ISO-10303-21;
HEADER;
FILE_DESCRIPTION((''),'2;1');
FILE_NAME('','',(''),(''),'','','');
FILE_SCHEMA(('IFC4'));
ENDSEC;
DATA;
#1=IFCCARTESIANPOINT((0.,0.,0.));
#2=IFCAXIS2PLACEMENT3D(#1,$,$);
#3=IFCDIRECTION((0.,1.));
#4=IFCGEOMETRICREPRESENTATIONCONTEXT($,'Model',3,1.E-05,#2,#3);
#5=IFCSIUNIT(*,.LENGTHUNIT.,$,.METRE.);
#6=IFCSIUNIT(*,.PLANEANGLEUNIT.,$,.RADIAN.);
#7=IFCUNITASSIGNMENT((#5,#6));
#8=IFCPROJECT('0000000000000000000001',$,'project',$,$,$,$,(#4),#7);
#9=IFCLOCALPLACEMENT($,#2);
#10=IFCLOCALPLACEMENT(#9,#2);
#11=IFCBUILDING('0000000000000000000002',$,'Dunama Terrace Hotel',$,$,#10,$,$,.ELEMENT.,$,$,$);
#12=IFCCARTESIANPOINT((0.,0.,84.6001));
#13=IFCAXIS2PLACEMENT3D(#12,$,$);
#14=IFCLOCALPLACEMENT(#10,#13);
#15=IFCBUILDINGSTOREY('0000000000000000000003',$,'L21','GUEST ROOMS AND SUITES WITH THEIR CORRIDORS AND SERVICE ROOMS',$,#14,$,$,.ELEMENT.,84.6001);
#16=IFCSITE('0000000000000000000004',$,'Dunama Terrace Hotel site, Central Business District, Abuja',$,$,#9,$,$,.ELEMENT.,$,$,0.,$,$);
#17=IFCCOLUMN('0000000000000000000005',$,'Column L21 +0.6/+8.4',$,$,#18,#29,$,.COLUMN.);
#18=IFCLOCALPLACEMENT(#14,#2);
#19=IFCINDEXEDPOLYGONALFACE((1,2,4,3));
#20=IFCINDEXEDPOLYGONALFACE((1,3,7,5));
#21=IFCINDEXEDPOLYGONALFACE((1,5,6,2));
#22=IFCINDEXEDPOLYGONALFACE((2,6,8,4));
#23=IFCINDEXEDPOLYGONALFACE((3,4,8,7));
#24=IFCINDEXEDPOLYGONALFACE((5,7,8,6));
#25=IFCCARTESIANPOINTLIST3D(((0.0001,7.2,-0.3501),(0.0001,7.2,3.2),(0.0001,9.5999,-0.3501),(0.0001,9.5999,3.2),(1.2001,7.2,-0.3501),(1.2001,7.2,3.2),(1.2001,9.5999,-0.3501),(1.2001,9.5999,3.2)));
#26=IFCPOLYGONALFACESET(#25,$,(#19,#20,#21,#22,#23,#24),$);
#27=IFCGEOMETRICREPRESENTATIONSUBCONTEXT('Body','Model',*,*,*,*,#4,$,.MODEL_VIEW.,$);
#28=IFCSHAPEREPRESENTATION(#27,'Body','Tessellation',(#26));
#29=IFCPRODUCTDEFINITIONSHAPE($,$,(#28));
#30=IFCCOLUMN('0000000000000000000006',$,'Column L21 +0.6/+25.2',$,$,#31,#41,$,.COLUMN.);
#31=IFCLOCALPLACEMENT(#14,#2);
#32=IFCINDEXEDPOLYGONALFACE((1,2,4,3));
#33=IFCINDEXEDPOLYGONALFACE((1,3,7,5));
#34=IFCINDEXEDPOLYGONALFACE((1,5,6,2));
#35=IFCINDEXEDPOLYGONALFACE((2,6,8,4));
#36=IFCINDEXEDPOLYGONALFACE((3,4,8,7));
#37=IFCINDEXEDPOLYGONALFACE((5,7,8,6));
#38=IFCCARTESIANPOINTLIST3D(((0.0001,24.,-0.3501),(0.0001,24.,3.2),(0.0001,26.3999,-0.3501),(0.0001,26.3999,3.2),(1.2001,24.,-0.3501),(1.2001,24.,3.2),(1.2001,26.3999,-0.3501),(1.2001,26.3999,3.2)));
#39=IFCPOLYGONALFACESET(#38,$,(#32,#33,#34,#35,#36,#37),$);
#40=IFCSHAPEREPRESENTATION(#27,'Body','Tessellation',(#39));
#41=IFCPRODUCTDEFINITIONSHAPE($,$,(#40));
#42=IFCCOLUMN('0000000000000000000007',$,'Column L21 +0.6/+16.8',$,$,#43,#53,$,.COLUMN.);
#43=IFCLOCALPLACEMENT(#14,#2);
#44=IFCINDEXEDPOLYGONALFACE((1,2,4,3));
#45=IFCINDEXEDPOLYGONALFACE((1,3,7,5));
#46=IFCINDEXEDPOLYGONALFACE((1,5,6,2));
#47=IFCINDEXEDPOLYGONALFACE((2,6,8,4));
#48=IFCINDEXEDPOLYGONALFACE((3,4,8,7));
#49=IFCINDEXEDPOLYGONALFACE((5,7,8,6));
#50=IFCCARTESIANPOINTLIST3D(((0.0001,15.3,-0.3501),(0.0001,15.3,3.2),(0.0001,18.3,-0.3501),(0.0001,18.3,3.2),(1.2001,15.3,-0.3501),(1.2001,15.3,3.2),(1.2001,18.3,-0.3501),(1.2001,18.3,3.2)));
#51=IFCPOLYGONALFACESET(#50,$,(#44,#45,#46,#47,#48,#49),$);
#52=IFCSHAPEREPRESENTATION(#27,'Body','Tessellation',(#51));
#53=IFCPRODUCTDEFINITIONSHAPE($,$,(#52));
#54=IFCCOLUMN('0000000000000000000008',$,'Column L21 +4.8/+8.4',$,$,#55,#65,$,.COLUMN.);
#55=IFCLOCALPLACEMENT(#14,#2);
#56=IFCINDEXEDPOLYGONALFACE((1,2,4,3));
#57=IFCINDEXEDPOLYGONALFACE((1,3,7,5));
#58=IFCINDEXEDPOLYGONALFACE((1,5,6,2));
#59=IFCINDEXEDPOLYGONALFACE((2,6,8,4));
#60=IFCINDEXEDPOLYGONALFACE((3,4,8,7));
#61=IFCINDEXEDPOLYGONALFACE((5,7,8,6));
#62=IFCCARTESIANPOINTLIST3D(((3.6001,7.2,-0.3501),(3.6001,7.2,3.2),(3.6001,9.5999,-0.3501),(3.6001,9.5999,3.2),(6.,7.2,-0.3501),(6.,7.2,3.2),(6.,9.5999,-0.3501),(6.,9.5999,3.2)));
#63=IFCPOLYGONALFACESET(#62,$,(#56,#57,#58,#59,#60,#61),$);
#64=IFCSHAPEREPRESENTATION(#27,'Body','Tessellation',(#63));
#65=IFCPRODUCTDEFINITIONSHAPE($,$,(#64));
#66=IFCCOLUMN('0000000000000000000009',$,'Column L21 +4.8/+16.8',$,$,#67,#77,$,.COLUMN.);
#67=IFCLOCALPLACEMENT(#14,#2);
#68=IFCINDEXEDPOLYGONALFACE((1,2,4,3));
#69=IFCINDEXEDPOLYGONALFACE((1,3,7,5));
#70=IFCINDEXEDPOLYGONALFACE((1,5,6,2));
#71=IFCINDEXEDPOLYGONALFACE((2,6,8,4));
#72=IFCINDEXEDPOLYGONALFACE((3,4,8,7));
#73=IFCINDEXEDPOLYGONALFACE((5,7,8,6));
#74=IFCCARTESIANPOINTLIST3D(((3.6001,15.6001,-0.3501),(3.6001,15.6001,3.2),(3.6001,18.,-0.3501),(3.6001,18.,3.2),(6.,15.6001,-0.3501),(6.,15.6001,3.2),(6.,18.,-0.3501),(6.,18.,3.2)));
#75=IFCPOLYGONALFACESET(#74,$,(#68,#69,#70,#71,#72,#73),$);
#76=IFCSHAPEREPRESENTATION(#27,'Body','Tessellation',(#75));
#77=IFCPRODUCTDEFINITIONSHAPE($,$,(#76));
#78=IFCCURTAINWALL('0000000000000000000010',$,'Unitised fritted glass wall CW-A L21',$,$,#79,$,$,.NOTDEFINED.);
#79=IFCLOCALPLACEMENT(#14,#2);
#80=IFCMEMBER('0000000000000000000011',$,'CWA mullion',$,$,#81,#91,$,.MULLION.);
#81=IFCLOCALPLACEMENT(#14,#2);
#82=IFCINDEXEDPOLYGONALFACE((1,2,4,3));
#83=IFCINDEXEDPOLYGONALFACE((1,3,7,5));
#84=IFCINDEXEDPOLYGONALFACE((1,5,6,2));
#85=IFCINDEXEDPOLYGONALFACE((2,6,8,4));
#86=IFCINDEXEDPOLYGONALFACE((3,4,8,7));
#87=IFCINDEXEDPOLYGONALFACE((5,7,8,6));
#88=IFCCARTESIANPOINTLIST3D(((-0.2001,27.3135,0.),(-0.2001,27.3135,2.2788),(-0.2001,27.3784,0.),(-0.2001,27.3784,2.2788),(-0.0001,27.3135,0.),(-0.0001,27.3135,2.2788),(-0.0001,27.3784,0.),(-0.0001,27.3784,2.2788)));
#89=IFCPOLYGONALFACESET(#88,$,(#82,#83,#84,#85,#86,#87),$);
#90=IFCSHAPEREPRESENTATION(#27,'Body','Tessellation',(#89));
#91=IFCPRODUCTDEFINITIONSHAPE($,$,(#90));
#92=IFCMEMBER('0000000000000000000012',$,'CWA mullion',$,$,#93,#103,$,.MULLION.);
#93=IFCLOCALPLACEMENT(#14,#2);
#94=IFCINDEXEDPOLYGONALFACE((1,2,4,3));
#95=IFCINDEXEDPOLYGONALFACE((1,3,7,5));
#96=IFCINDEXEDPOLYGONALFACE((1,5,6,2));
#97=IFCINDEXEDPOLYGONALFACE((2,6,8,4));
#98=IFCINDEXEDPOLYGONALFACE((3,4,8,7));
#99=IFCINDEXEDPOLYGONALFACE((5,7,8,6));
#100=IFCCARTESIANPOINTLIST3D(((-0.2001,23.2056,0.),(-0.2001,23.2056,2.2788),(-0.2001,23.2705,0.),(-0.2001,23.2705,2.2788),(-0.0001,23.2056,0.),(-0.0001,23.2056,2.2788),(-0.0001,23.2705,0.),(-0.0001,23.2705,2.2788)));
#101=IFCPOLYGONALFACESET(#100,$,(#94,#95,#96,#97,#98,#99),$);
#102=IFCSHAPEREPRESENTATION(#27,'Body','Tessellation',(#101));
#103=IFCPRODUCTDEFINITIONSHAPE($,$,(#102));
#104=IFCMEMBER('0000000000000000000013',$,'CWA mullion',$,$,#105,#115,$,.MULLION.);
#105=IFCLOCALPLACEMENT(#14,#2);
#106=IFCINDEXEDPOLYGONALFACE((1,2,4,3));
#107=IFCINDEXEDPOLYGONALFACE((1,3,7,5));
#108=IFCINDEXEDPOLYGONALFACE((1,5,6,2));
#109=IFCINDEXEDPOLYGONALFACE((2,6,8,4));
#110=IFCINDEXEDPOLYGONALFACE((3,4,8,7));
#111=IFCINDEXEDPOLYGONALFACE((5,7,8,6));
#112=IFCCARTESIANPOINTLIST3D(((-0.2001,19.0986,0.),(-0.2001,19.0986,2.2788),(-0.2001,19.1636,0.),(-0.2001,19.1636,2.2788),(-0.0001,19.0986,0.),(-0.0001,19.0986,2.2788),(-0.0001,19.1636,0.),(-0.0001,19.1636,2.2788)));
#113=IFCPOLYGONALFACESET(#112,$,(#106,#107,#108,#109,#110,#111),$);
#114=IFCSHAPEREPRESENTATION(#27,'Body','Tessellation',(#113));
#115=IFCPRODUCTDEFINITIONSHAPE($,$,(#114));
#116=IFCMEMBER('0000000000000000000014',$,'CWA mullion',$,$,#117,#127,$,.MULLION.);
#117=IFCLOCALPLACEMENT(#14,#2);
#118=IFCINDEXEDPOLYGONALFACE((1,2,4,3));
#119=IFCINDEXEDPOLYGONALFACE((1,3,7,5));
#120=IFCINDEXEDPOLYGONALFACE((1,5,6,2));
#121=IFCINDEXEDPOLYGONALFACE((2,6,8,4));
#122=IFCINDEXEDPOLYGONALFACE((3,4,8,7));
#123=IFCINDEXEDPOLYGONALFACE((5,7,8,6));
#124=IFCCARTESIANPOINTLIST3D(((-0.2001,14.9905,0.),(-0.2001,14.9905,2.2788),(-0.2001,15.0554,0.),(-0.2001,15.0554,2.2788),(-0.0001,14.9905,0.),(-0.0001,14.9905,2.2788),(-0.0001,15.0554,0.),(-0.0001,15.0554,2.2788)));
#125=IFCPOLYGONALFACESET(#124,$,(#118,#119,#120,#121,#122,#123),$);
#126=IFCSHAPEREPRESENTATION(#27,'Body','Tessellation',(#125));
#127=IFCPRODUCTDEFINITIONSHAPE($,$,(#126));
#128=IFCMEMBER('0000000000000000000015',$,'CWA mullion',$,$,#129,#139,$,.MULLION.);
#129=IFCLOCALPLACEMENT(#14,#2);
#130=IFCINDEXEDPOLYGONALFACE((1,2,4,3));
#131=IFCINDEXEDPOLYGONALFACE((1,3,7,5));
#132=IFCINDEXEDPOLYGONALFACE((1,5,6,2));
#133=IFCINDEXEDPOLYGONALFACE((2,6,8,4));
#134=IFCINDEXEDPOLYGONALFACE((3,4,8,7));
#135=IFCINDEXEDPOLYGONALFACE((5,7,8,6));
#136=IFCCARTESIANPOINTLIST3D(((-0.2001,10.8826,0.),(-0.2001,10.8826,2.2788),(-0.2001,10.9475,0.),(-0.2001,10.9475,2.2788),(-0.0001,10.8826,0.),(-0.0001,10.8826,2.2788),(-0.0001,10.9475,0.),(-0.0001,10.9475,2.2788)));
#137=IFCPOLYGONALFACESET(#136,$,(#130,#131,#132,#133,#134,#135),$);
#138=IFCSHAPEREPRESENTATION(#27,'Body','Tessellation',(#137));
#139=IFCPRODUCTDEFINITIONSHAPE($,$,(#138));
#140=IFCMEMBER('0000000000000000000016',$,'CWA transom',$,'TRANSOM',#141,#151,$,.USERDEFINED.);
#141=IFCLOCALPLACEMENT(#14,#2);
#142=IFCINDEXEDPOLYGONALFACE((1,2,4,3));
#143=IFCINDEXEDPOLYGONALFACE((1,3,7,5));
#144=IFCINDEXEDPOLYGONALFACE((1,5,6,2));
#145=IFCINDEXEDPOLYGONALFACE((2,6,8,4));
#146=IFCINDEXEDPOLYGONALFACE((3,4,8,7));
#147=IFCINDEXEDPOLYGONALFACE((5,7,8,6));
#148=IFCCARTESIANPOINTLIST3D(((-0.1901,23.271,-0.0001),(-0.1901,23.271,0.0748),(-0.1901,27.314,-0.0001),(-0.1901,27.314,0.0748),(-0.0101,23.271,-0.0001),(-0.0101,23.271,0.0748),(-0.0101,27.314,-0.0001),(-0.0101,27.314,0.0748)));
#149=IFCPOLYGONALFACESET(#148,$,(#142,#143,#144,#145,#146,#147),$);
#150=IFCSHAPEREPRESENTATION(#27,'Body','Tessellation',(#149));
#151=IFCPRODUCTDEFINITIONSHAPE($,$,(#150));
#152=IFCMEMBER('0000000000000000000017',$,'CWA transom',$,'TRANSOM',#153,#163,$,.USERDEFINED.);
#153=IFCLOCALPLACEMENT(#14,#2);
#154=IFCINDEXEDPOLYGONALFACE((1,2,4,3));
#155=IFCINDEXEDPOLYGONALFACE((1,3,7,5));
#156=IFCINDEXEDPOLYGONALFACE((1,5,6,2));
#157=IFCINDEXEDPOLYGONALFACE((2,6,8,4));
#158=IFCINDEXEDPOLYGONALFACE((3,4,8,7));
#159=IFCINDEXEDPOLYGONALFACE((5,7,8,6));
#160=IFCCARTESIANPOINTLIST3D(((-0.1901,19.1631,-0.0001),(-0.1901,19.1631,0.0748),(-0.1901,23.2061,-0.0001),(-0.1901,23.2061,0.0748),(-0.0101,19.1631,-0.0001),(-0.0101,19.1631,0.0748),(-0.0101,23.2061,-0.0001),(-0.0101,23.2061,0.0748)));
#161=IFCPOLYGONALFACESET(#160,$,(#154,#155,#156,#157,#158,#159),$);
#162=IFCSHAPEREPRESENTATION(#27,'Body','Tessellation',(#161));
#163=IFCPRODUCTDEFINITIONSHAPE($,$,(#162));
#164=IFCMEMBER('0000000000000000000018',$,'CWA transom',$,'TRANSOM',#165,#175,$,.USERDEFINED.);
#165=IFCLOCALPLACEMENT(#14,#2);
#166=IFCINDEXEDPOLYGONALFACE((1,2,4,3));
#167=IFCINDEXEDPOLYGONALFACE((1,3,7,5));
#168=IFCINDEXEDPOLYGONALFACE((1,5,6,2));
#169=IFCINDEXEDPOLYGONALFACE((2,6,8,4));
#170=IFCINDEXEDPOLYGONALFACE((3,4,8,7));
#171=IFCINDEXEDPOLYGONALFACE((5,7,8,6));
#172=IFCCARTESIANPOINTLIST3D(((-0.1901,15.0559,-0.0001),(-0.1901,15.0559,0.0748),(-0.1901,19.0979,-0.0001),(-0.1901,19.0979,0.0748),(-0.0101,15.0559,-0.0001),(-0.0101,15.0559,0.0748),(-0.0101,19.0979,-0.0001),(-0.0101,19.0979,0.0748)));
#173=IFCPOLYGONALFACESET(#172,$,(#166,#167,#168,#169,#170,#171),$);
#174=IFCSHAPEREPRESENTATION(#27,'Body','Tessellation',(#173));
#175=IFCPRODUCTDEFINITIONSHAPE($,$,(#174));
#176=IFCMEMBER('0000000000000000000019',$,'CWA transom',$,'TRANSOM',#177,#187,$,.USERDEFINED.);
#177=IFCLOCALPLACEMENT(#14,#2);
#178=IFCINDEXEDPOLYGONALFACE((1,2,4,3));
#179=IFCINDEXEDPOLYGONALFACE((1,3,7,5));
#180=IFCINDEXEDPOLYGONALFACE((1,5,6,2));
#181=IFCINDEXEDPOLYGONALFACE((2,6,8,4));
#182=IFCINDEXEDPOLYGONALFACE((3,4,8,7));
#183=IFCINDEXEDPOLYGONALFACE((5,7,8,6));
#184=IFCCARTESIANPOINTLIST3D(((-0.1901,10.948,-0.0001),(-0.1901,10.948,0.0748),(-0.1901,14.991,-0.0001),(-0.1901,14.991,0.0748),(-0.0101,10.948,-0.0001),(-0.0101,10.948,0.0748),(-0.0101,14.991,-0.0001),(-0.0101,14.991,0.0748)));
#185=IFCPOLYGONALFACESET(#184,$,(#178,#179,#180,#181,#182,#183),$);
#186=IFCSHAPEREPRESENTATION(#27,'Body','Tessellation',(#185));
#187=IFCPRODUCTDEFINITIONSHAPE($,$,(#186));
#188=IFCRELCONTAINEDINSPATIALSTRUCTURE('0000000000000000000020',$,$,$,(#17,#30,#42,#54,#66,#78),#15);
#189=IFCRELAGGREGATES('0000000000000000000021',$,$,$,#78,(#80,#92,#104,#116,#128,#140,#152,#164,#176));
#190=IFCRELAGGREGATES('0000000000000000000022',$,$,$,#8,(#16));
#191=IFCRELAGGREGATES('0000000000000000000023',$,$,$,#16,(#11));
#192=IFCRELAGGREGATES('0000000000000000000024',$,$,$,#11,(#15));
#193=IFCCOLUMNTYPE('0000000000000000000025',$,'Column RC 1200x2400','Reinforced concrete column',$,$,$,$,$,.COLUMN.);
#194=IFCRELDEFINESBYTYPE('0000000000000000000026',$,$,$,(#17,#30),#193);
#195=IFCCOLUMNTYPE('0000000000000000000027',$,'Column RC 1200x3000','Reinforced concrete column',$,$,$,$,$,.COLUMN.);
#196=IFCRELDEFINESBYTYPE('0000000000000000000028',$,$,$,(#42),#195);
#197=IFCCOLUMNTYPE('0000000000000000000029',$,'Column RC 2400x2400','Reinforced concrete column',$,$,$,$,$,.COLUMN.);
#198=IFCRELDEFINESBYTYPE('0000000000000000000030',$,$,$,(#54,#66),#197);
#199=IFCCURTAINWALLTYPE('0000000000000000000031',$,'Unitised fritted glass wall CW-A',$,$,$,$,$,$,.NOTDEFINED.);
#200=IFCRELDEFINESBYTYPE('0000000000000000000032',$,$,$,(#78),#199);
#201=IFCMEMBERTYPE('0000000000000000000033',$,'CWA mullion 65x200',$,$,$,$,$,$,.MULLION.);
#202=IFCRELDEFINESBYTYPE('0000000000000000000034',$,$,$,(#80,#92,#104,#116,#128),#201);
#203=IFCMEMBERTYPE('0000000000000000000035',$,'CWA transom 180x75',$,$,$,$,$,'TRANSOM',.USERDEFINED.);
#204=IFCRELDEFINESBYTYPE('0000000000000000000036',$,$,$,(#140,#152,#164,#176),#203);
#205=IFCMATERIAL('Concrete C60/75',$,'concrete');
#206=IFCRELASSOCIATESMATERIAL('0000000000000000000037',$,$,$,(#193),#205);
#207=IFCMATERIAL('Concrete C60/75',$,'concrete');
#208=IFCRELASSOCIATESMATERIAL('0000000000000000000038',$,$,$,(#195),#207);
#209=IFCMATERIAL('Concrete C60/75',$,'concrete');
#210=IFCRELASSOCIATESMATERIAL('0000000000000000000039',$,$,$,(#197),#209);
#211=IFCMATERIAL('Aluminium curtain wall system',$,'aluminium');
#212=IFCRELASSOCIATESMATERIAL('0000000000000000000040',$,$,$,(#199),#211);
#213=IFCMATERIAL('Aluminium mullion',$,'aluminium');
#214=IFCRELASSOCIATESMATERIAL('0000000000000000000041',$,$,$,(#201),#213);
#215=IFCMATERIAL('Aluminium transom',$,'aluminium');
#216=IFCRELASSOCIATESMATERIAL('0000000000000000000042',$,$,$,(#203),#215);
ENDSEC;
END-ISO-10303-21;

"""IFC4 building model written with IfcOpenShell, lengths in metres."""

from ifc_helpers import new_model, si_unit, direction, frame, origin, origin_2d, place, context, subcontext, project, spatial, rectangle, extrude, material, material_profile, profile_set, type_object, element, aggregate, save


model = new_model("IFC4")

# Units and contexts
model_context = context("Model", 3, precision=1e-05, world=origin(), true_north=direction((0.0, 1.0)))
body_context = subcontext(model_context, "Body", "Model", "MODEL_VIEW")
ifc_project = project(units=[si_unit("LENGTHUNIT", "METRE"), si_unit("PLANEANGLEUNIT", "RADIAN")], contexts=[model_context])

# Site, building, storey
site_placement = place(None, origin())
site = spatial("IfcSite", under=ifc_project, at=site_placement, Name="Dunama Terrace Hotel site, Central Business District, Abuja", CompositionType="ELEMENT", RefElevation=0.0)
building_placement = place(site_placement, origin())
building = spatial("IfcBuilding", under=site, at=building_placement, Name="Dunama Terrace Hotel", CompositionType="ELEMENT")
storey_placement = place(building_placement, frame((0.0, 0.0, 84.6001)))
storey = spatial("IfcBuildingStorey", under=building, at=storey_placement, Name="L21", Description="GUEST ROOMS AND SUITES WITH THEIR CORRIDORS AND SERVICE ROOMS", CompositionType="ELEMENT", Elevation=84.6001)

# Columns
ifc_material_1 = material(Name="Concrete C60/75", Category="concrete")
ifc_material_profile_1 = material_profile(ifc_material_1, rectangle(XDim=1.2, YDim=2.3999, at=origin_2d()), Name="RC 1200x2400")
ifc_profile_set_1 = profile_set([ifc_material_profile_1], Name="Concrete C60/75")
column_type_1 = type_object("IfcColumnType", Name="Column RC 1200x2400", Description="Reinforced concrete column", PredefinedType="COLUMN", material=ifc_profile_set_1)
for number, where, z_axis, x_axis, name in (
    (1, (0.6001, 8.3999, -0.3501), (0.0, 0.0, 1.0), (1.0, 0.0, 0.0), "Column L21 +0.6/+8.4"),
    (2, (0.6001, 25.2, -0.3501), (0.0, 0.0, 1.0), (1.0, 0.0, 0.0), "Column L21 +0.6/+25.2"),
):
    element("IfcColumn", number, at=place(storey_placement, frame(where, z_axis=z_axis, x_axis=x_axis)), inside=storey, type_object=column_type_1, Name=name, PredefinedType="COLUMN", context=body_context, shape_type="SweptSolid", body=[
        extrude(rectangle(XDim=1.2, YDim=2.3999, at=origin_2d()), origin(), (0.0, 0.0, 1.0), 3.55),
    ])
ifc_material_2 = material(Name="Concrete C60/75", Category="concrete")
ifc_material_profile_2 = material_profile(ifc_material_2, rectangle(XDim=1.2, YDim=3.0, at=origin_2d()), Name="RC 1200x3000")
ifc_profile_set_2 = profile_set([ifc_material_profile_2], Name="Concrete C60/75")
column_type_2 = type_object("IfcColumnType", Name="Column RC 1200x3000", Description="Reinforced concrete column", PredefinedType="COLUMN", material=ifc_profile_set_2)
column_placement = place(storey_placement, frame((0.6001, 16.8, -0.3501), z_axis=(0.0, 0.0, 1.0), x_axis=(1.0, 0.0, 0.0)))
element("IfcColumn", 3, at=column_placement, inside=storey, type_object=column_type_2, Name="Column L21 +0.6/+16.8", PredefinedType="COLUMN", context=body_context, shape_type="SweptSolid", body=[
    extrude(rectangle(XDim=1.2, YDim=3.0, at=origin_2d()), origin(), (0.0, 0.0, 1.0), 3.55),
])
ifc_material_3 = material(Name="Concrete C60/75", Category="concrete")
ifc_material_profile_3 = material_profile(ifc_material_3, rectangle(XDim=2.3999, YDim=2.3999, at=origin_2d()), Name="RC 2400x2400")
ifc_profile_set_3 = profile_set([ifc_material_profile_3], Name="Concrete C60/75")
column_type_3 = type_object("IfcColumnType", Name="Column RC 2400x2400", Description="Reinforced concrete column", PredefinedType="COLUMN", material=ifc_profile_set_3)
for number, where, z_axis, x_axis, name in (
    (4, (4.8, 8.3999, -0.3501), (0.0, 0.0, 1.0), (1.0, 0.0, 0.0), "Column L21 +4.8/+8.4"),
    (5, (4.8, 16.8, -0.3501), (0.0, 0.0, 1.0), (1.0, 0.0, 0.0), "Column L21 +4.8/+16.8"),
):
    element("IfcColumn", number, at=place(storey_placement, frame(where, z_axis=z_axis, x_axis=x_axis)), inside=storey, type_object=column_type_3, Name=name, PredefinedType="COLUMN", context=body_context, shape_type="SweptSolid", body=[
        extrude(rectangle(XDim=2.3999, YDim=2.3999, at=origin_2d()), origin(), (0.0, 0.0, 1.0), 3.55),
    ])

# Curtain wall, members
ifc_material_4 = material(Name="Aluminium curtain wall system", Category="aluminium")
curtain_wall_type = type_object("IfcCurtainWallType", Name="Unitised fritted glass wall CW-A", PredefinedType="NOTDEFINED", material=ifc_material_4)
curtain_wall_placement = place(storey_placement, origin())
curtain_wall = element("IfcCurtainWall", 6, at=curtain_wall_placement, inside=storey, type_object=curtain_wall_type, Name="Unitised fritted glass wall CW-A L21", PredefinedType="NOTDEFINED")
ifc_material_5 = material(Name="Aluminium mullion", Category="aluminium")
ifc_material_profile_4 = material_profile(ifc_material_5, rectangle(XDim=0.0649, YDim=0.2, at=origin_2d()), Name="CWA MULLION 65X200")
ifc_profile_set_4 = profile_set([ifc_material_profile_4], Name="Aluminium mullion")
member_type_1 = type_object("IfcMemberType", Name="CWA mullion 65x200", PredefinedType="MULLION", material=ifc_profile_set_4)
member_1_placement = place(storey_placement, frame((-0.1001, 27.3459, 0.0), z_axis=(0.0, 0.0, 1.0), x_axis=(0.0, -1.0, 0.0)))
member_1 = element("IfcMember", 7, at=member_1_placement, type_object=member_type_1, Name="CWA mullion", PredefinedType="MULLION", context=body_context, shape_type="SweptSolid", body=[
    extrude(rectangle(XDim=0.0649, YDim=0.2, at=origin_2d()), origin(), (0.0, 0.0, 1.0), 2.2788),
])
member_2_placement = place(storey_placement, frame((-0.1001, 23.238, 0.0), z_axis=(0.0, 0.0, 1.0), x_axis=(0.0, -1.0, 0.0)))
member_2 = element("IfcMember", 8, at=member_2_placement, type_object=member_type_1, Name="CWA mullion", PredefinedType="MULLION", context=body_context, shape_type="SweptSolid", body=[
    extrude(rectangle(XDim=0.0649, YDim=0.2, at=origin_2d()), origin(), (0.0, 0.0, 1.0), 2.2788),
])
member_3_placement = place(storey_placement, frame((-0.1001, 19.1311, 0.0), z_axis=(0.0, 0.0, 1.0), x_axis=(0.0, -1.0, 0.0)))
member_3 = element("IfcMember", 9, at=member_3_placement, type_object=member_type_1, Name="CWA mullion", PredefinedType="MULLION", context=body_context, shape_type="SweptSolid", body=[
    extrude(rectangle(XDim=0.0649, YDim=0.2, at=origin_2d()), origin(), (0.0, 0.0, 1.0), 2.2788),
])
member_4_placement = place(storey_placement, frame((-0.1001, 15.0229, 0.0), z_axis=(0.0, 0.0, 1.0), x_axis=(0.0, -1.0, 0.0)))
member_4 = element("IfcMember", 10, at=member_4_placement, type_object=member_type_1, Name="CWA mullion", PredefinedType="MULLION", context=body_context, shape_type="SweptSolid", body=[
    extrude(rectangle(XDim=0.0649, YDim=0.2, at=origin_2d()), origin(), (0.0, 0.0, 1.0), 2.2788),
])
member_5_placement = place(storey_placement, frame((-0.1001, 10.915, 0.0), z_axis=(0.0, 0.0, 1.0), x_axis=(0.0, -1.0, 0.0)))
member_5 = element("IfcMember", 11, at=member_5_placement, type_object=member_type_1, Name="CWA mullion", PredefinedType="MULLION", context=body_context, shape_type="SweptSolid", body=[
    extrude(rectangle(XDim=0.0649, YDim=0.2, at=origin_2d()), origin(), (0.0, 0.0, 1.0), 2.2788),
])
ifc_material_6 = material(Name="Aluminium transom", Category="aluminium")
ifc_material_profile_5 = material_profile(ifc_material_6, rectangle(XDim=0.1799, YDim=0.075, at=origin_2d()), Name="CWA TRANSOM 180X75")
ifc_profile_set_5 = profile_set([ifc_material_profile_5], Name="Aluminium transom")
member_type_2 = type_object("IfcMemberType", Name="CWA transom 180x75", ElementType="TRANSOM", PredefinedType="USERDEFINED", material=ifc_profile_set_5)
member_6_placement = place(storey_placement, frame((-0.1001, 27.314, 0.0374), z_axis=(0.0, -1.0, 0.0), x_axis=(1.0, 0.0, 0.0)))
member_6 = element("IfcMember", 12, at=member_6_placement, type_object=member_type_2, Name="CWA transom", ObjectType="TRANSOM", PredefinedType="USERDEFINED", context=body_context, shape_type="SweptSolid", body=[
    extrude(rectangle(XDim=0.1799, YDim=0.075, at=origin_2d()), origin(), (0.0, 0.0, 1.0), 4.043),
])
member_7_placement = place(storey_placement, frame((-0.1001, 23.2061, 0.0374), z_axis=(0.0, -1.0, 0.0), x_axis=(1.0, 0.0, 0.0)))
member_7 = element("IfcMember", 13, at=member_7_placement, type_object=member_type_2, Name="CWA transom", ObjectType="TRANSOM", PredefinedType="USERDEFINED", context=body_context, shape_type="SweptSolid", body=[
    extrude(rectangle(XDim=0.1799, YDim=0.075, at=origin_2d()), origin(), (0.0, 0.0, 1.0), 4.043),
])
member_8_placement = place(storey_placement, frame((-0.1001, 19.0979, 0.0374), z_axis=(0.0, -1.0, 0.0), x_axis=(1.0, 0.0, 0.0)))
member_8 = element("IfcMember", 14, at=member_8_placement, type_object=member_type_2, Name="CWA transom", ObjectType="TRANSOM", PredefinedType="USERDEFINED", context=body_context, shape_type="SweptSolid", body=[
    extrude(rectangle(XDim=0.1799, YDim=0.075, at=origin_2d()), origin(), (0.0, 0.0, 1.0), 4.042),
])
member_9_placement = place(storey_placement, frame((-0.1001, 14.991, 0.0374), z_axis=(0.0, -1.0, 0.0), x_axis=(1.0, 0.0, 0.0)))
member_9 = element("IfcMember", 15, at=member_9_placement, type_object=member_type_2, Name="CWA transom", ObjectType="TRANSOM", PredefinedType="USERDEFINED", context=body_context, shape_type="SweptSolid", body=[
    extrude(rectangle(XDim=0.1799, YDim=0.075, at=origin_2d()), origin(), (0.0, 0.0, 1.0), 4.043),
])
aggregate(curtain_wall, [member_1, member_2, member_3, member_4, member_5, member_6, member_7, member_8, member_9])

save(model, "model.ifc")
